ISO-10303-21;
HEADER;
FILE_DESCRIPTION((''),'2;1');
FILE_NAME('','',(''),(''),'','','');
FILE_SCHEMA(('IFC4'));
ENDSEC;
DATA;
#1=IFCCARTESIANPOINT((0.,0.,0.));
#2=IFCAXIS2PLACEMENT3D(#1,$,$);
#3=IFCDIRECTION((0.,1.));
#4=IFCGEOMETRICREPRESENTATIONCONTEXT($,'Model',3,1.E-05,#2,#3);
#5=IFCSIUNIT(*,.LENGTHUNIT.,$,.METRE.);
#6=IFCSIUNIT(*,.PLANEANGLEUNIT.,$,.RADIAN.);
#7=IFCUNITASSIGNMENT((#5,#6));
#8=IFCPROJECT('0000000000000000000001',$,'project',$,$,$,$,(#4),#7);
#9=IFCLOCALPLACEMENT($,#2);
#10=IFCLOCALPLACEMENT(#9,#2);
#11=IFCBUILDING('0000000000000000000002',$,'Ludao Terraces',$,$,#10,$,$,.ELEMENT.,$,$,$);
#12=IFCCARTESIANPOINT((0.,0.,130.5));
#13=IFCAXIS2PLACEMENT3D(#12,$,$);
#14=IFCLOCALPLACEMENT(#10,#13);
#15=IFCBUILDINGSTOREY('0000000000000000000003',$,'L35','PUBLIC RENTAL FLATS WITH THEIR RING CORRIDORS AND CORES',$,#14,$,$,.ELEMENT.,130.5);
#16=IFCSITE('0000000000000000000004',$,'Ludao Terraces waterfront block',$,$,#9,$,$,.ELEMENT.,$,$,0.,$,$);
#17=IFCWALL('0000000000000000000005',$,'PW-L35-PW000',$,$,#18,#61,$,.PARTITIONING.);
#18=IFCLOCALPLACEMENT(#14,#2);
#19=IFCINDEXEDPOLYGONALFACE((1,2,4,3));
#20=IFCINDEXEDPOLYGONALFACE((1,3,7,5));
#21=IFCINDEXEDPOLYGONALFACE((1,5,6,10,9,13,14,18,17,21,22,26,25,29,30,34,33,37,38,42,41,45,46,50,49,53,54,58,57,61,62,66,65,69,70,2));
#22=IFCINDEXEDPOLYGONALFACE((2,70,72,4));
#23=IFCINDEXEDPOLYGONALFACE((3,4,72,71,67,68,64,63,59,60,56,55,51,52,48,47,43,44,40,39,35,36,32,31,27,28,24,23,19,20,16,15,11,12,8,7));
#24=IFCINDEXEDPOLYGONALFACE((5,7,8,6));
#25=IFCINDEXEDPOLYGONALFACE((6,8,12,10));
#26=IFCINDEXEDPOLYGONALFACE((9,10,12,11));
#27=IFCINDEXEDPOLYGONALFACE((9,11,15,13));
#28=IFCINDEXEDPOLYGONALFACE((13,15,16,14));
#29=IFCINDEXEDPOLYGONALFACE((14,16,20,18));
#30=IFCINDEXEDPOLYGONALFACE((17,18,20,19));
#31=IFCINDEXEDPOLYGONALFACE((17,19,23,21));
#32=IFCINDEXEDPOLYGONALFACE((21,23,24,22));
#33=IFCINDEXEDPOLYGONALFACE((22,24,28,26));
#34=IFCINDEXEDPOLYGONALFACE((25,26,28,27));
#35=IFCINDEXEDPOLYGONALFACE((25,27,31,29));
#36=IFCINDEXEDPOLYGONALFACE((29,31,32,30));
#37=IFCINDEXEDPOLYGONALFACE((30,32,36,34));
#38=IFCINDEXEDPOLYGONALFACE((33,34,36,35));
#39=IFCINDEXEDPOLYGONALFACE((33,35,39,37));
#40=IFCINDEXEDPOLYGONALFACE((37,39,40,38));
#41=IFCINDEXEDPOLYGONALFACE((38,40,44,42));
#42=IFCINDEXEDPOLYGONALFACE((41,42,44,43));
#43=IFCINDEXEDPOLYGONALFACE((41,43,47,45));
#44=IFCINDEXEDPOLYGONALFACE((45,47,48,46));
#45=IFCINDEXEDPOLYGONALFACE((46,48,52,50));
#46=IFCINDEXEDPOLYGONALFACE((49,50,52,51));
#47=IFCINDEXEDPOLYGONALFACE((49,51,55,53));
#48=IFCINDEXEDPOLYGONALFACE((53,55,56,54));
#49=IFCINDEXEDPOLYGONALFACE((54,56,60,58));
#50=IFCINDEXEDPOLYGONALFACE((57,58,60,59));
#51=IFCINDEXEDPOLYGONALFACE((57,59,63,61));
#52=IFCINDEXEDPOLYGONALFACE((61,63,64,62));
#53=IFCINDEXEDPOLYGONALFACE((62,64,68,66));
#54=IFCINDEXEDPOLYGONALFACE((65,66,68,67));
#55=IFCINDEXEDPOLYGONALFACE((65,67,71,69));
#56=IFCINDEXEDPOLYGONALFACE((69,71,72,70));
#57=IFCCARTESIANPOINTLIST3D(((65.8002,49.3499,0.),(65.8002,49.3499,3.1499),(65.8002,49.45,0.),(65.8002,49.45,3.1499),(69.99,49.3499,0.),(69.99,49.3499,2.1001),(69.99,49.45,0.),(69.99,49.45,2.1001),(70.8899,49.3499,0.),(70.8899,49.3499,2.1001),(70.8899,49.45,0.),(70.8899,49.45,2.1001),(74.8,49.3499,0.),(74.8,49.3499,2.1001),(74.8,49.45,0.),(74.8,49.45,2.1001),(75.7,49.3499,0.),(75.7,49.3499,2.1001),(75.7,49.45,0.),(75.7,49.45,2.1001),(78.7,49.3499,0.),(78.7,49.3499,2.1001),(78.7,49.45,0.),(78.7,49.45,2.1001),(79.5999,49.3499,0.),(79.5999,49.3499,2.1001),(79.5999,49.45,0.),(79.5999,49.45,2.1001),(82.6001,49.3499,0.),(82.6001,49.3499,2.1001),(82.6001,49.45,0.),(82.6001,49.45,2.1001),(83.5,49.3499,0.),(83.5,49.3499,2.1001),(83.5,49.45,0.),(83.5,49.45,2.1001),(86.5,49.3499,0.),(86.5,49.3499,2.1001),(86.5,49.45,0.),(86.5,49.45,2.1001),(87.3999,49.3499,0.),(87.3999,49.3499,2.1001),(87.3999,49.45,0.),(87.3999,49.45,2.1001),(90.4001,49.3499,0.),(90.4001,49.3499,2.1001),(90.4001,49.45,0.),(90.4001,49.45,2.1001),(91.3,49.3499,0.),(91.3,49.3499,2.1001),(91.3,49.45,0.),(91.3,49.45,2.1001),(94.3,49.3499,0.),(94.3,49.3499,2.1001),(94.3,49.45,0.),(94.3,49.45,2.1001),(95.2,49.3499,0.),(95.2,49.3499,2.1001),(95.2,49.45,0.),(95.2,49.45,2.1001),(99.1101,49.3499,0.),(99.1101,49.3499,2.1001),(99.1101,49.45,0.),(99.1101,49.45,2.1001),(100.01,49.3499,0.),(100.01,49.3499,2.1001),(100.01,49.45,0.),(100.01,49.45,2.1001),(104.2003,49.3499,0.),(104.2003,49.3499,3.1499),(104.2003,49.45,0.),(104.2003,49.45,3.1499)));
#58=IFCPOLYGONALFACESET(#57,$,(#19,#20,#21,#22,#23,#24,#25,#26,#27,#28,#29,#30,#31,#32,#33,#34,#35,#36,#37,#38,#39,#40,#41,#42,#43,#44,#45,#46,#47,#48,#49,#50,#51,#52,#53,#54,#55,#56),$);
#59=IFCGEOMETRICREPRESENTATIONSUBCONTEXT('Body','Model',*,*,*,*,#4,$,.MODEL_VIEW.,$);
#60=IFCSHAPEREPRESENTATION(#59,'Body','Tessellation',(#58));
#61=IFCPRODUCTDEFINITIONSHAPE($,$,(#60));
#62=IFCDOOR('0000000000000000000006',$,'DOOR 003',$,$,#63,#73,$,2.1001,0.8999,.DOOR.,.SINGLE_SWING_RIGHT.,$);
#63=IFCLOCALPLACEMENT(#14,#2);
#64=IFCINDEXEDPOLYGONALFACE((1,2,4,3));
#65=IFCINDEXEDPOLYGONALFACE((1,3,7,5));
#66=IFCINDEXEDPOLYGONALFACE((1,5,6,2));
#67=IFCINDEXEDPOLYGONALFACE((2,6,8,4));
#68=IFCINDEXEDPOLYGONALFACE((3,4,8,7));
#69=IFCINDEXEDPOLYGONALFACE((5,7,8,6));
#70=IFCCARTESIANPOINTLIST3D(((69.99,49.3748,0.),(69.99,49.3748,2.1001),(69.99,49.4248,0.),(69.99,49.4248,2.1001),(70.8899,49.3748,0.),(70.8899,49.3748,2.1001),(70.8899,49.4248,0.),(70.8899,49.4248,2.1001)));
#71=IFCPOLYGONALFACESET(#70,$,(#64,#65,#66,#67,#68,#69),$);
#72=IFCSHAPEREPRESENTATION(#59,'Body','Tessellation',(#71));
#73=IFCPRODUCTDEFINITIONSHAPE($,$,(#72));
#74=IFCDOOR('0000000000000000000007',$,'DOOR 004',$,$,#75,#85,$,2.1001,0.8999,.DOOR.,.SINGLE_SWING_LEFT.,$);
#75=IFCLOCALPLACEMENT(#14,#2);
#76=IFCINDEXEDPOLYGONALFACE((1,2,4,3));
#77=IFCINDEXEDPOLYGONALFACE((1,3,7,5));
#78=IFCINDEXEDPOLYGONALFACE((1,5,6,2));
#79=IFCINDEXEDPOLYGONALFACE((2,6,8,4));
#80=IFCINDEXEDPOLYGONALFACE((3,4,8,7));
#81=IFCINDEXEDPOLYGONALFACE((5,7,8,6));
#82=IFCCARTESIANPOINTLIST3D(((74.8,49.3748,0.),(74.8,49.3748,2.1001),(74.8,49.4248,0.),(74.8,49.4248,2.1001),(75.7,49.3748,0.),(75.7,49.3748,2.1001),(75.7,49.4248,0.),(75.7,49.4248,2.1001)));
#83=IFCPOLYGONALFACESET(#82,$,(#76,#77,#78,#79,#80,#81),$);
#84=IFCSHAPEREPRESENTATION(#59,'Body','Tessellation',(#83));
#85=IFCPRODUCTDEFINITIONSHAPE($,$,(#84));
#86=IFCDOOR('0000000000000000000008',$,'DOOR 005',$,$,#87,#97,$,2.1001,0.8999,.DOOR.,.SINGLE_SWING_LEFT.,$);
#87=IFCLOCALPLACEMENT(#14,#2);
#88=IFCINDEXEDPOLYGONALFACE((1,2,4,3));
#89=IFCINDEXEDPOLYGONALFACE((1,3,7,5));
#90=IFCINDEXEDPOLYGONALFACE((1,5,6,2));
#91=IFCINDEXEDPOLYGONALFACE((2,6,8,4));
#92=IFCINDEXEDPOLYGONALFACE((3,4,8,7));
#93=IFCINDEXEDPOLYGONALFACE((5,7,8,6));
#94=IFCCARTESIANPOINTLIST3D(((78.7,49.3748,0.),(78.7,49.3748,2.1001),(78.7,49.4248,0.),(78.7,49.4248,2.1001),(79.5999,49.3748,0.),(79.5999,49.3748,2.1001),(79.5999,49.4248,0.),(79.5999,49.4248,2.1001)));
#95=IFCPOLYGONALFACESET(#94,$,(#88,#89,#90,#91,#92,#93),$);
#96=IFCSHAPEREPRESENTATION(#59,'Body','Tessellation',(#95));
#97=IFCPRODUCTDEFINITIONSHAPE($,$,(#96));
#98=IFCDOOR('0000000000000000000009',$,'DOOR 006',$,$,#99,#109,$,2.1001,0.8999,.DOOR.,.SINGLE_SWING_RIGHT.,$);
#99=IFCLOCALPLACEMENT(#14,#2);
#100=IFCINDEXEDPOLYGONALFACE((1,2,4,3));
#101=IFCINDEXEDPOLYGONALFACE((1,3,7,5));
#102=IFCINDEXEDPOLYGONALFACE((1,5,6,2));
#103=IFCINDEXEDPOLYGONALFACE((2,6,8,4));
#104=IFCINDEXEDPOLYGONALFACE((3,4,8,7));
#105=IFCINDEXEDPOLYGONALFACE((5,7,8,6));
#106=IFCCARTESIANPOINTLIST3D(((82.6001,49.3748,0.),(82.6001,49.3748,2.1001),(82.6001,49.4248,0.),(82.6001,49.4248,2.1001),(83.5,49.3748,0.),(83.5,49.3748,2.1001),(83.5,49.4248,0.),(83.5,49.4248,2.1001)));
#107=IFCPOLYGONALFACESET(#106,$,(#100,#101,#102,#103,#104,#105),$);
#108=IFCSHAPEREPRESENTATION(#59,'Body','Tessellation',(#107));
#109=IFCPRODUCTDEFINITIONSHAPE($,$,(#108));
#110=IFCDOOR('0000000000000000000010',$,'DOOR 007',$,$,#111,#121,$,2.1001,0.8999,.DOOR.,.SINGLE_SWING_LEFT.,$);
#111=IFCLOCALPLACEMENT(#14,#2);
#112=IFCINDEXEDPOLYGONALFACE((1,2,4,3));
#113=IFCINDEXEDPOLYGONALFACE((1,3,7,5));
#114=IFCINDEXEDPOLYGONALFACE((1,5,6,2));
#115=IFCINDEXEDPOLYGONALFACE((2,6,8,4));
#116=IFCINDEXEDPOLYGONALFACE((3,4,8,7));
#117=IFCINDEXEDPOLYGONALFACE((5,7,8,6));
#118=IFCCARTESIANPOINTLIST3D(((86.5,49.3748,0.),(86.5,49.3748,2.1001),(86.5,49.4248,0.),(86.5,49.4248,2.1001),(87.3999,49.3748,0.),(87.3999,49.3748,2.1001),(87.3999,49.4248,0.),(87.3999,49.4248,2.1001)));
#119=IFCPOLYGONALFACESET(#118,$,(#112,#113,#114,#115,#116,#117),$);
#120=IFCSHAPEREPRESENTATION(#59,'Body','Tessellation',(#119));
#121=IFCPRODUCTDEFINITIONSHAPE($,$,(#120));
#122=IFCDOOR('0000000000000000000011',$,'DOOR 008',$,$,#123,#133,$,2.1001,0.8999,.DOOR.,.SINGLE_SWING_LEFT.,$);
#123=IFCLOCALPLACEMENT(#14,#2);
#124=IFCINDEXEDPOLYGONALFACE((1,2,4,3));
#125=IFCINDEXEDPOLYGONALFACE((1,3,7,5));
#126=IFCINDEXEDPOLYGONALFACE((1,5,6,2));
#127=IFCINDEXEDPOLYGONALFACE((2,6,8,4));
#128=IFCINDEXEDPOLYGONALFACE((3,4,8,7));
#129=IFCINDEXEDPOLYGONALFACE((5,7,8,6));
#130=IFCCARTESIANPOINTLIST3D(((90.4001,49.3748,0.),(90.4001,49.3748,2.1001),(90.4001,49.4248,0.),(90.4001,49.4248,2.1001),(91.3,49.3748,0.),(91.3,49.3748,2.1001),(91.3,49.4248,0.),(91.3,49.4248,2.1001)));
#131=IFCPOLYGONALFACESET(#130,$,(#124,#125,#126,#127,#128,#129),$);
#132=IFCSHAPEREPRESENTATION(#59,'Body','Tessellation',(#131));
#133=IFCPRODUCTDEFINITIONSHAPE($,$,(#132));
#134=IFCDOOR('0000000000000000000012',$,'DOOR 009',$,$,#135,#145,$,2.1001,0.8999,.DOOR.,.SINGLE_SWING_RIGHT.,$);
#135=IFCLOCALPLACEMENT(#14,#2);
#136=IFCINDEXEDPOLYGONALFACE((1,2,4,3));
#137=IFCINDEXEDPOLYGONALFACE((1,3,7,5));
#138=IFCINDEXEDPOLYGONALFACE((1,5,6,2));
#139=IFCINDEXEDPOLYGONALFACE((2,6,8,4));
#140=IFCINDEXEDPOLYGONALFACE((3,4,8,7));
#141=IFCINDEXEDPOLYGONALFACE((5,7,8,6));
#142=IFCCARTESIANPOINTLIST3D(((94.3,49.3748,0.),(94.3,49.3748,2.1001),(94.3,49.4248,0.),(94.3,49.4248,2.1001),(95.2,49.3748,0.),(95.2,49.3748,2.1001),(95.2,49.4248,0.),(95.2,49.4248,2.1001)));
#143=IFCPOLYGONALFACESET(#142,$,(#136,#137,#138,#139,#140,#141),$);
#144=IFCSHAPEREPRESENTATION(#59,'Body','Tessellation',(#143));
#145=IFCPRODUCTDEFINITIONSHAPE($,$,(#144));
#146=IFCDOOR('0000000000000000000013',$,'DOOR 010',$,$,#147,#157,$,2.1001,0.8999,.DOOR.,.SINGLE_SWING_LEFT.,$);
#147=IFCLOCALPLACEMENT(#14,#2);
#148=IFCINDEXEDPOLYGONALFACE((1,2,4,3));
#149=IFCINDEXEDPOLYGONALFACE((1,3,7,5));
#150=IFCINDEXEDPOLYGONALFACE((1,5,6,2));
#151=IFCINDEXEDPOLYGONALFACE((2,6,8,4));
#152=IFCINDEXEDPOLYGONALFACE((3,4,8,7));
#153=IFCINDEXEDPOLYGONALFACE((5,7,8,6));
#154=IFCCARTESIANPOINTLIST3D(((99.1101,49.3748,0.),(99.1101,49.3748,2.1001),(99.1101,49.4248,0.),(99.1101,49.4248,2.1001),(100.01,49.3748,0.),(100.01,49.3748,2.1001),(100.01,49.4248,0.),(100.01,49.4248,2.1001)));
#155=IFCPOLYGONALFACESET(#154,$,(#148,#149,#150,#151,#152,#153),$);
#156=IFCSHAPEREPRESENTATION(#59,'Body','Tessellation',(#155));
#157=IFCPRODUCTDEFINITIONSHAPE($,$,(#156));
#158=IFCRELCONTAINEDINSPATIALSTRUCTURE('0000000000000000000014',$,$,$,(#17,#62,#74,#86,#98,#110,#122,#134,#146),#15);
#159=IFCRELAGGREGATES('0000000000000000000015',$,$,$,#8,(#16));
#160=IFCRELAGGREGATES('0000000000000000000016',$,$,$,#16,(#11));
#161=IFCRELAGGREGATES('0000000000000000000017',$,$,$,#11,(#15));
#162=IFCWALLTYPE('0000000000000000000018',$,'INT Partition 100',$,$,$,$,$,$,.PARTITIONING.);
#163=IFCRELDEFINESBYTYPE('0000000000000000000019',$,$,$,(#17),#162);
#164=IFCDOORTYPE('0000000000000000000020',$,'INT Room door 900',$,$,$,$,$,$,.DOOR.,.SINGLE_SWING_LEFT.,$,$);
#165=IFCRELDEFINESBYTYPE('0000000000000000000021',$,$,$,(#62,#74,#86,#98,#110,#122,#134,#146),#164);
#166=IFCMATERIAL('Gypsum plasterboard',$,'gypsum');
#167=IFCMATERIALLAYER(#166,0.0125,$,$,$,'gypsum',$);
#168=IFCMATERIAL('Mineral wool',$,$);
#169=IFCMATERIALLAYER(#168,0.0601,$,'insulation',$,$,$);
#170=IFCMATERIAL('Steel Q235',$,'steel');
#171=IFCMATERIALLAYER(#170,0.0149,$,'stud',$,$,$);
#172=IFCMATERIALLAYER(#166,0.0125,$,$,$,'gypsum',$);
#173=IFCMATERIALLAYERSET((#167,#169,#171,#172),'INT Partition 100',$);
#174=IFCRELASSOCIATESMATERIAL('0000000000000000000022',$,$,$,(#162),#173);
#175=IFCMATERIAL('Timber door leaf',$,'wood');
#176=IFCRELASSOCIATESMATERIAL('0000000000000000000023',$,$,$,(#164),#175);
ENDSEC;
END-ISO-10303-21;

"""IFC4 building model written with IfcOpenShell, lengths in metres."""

from ifc_helpers import new_model, si_unit, direction, frame, frame_2d, origin, place, context, subcontext, project, spatial, rectangle, extrude, material, layer, layer_set, type_object, element, fill, save


model = new_model("IFC4")

# Units and contexts
model_context = context("Model", 3, precision=1e-05, world=origin(), true_north=direction((0.0, 1.0)))
body_context = subcontext(model_context, "Body", "Model", "MODEL_VIEW")
ifc_project = project(units=[si_unit("LENGTHUNIT", "METRE"), si_unit("PLANEANGLEUNIT", "RADIAN")], contexts=[model_context])

# Site, building, storey
site_placement = place(None, origin())
site = spatial("IfcSite", under=ifc_project, at=site_placement, Name="Ludao Terraces waterfront block", CompositionType="ELEMENT", RefElevation=0.0)
building_placement = place(site_placement, origin())
building = spatial("IfcBuilding", under=site, at=building_placement, Name="Ludao Terraces", CompositionType="ELEMENT")
storey_placement = place(building_placement, frame((0.0, 0.0, 130.5)))
storey = spatial("IfcBuildingStorey", under=building, at=storey_placement, Name="L35", Description="PUBLIC RENTAL FLATS WITH THEIR RING CORRIDORS AND CORES", CompositionType="ELEMENT", Elevation=130.5)

# Shared definitions
ifc_material_1 = material(Name="Mineral wool")

# Wall, openings, doors
ifc_material_2 = material(Name="Gypsum plasterboard", Category="gypsum")
ifc_layer_1 = layer(ifc_material_2, 0.0125, Category="gypsum")
ifc_layer_2 = layer(ifc_material_1, 0.0601, Name="insulation")
ifc_material_3 = material(Name="Steel Q235", Category="steel")
ifc_layer_3 = layer(ifc_material_3, 0.0149, Name="stud")
ifc_layer_4 = layer(ifc_material_2, 0.0125, Category="gypsum")
ifc_layer_set_1 = layer_set([ifc_layer_1, ifc_layer_2, ifc_layer_3, ifc_layer_4], Name="INT Partition 100")
wall_type_1 = type_object("IfcWallType", Name="INT Partition 100", PredefinedType="PARTITIONING", material=ifc_layer_set_1)
wall_1_placement = place(storey_placement, frame((65.8, 49.3999, 0.0), z_axis=(0.0, 0.0, 1.0), x_axis=(1.0, 0.0, 0.0)))
wall_1 = element("IfcWall", 1, at=wall_1_placement, inside=storey, type_object=wall_type_1, Name="PW-L35-PW000", PredefinedType="PARTITIONING", context=body_context, shape_type="SweptSolid", body=[
    extrude(rectangle(XDim=38.4001, YDim=0.1001, at=frame_2d((19.2002, 0.0))), origin(), (0.0, 0.0, 1.0), 3.1499),
])
opening_1_placement = place(wall_1_placement, frame((4.1899, 0.0, 0.0)))
opening_1 = element("IfcOpeningElement", 2, at=opening_1_placement, cuts=wall_1, PredefinedType="OPENING", context=body_context, shape_type="SweptSolid", body=[
    extrude(rectangle(XDim=0.8999, YDim=2.1001, at=frame_2d((0.45, 1.05))), frame((0.0, 0.0601, 0.0), z_axis=(0.0, -1.0, 0.0), x_axis=(1.0, 0.0, 0.0)), (0.0, 0.0, 1.0), 0.1201),
])
opening_2_placement = place(wall_1_placement, frame((9.0, 0.0, 0.0)))
opening_2 = element("IfcOpeningElement", 3, at=opening_2_placement, cuts=wall_1, PredefinedType="OPENING", context=body_context, shape_type="SweptSolid", body=[
    extrude(rectangle(XDim=0.8999, YDim=2.1001, at=frame_2d((0.45, 1.05))), frame((0.0, 0.0601, 0.0), z_axis=(0.0, -1.0, 0.0), x_axis=(1.0, 0.0, 0.0)), (0.0, 0.0, 1.0), 0.1201),
])
opening_3_placement = place(wall_1_placement, frame((12.8999, 0.0, 0.0)))
opening_3 = element("IfcOpeningElement", 4, at=opening_3_placement, cuts=wall_1, PredefinedType="OPENING", context=body_context, shape_type="SweptSolid", body=[
    extrude(rectangle(XDim=0.8999, YDim=2.1001, at=frame_2d((0.45, 1.05))), frame((0.0, 0.0601, 0.0), z_axis=(0.0, -1.0, 0.0), x_axis=(1.0, 0.0, 0.0)), (0.0, 0.0, 1.0), 0.1201),
])
opening_4_placement = place(wall_1_placement, frame((16.8, 0.0, 0.0)))
opening_4 = element("IfcOpeningElement", 5, at=opening_4_placement, cuts=wall_1, PredefinedType="OPENING", context=body_context, shape_type="SweptSolid", body=[
    extrude(rectangle(XDim=0.8999, YDim=2.1001, at=frame_2d((0.45, 1.05))), frame((0.0, 0.0601, 0.0), z_axis=(0.0, -1.0, 0.0), x_axis=(1.0, 0.0, 0.0)), (0.0, 0.0, 1.0), 0.1201),
])
opening_5_placement = place(wall_1_placement, frame((20.7, 0.0, 0.0)))
opening_5 = element("IfcOpeningElement", 6, at=opening_5_placement, cuts=wall_1, PredefinedType="OPENING", context=body_context, shape_type="SweptSolid", body=[
    extrude(rectangle(XDim=0.8999, YDim=2.1001, at=frame_2d((0.45, 1.05))), frame((0.0, 0.0601, 0.0), z_axis=(0.0, -1.0, 0.0), x_axis=(1.0, 0.0, 0.0)), (0.0, 0.0, 1.0), 0.1201),
])
opening_6_placement = place(wall_1_placement, frame((24.6001, 0.0, 0.0)))
opening_6 = element("IfcOpeningElement", 7, at=opening_6_placement, cuts=wall_1, PredefinedType="OPENING", context=body_context, shape_type="SweptSolid", body=[
    extrude(rectangle(XDim=0.8999, YDim=2.1001, at=frame_2d((0.45, 1.05))), frame((0.0, 0.0601, 0.0), z_axis=(0.0, -1.0, 0.0), x_axis=(1.0, 0.0, 0.0)), (0.0, 0.0, 1.0), 0.1201),
])
opening_7_placement = place(wall_1_placement, frame((28.5, 0.0, 0.0)))
opening_7 = element("IfcOpeningElement", 8, at=opening_7_placement, cuts=wall_1, PredefinedType="OPENING", context=body_context, shape_type="SweptSolid", body=[
    extrude(rectangle(XDim=0.8999, YDim=2.1001, at=frame_2d((0.45, 1.05))), frame((0.0, 0.0601, 0.0), z_axis=(0.0, -1.0, 0.0), x_axis=(1.0, 0.0, 0.0)), (0.0, 0.0, 1.0), 0.1201),
])
opening_8_placement = place(wall_1_placement, frame((33.3101, 0.0, 0.0)))
opening_8 = element("IfcOpeningElement", 9, at=opening_8_placement, cuts=wall_1, PredefinedType="OPENING", context=body_context, shape_type="SweptSolid", body=[
    extrude(rectangle(XDim=0.8999, YDim=2.1001, at=frame_2d((0.45, 1.05))), frame((0.0, 0.0601, 0.0), z_axis=(0.0, -1.0, 0.0), x_axis=(1.0, 0.0, 0.0)), (0.0, 0.0, 1.0), 0.1201),
])
ifc_material_4 = material(Name="Timber door leaf", Category="wood")
door_type = type_object("IfcDoorType", Name="INT Room door 900", OperationType="SINGLE_SWING_LEFT", PredefinedType="DOOR", material=ifc_material_4)
door_1_placement = place(opening_1_placement, origin())
door_1 = element("IfcDoor", 10, at=door_1_placement, inside=storey, type_object=door_type, Name="DOOR 003", OperationType="SINGLE_SWING_RIGHT", OverallHeight=2.1001, OverallWidth=0.8999, PredefinedType="DOOR", context=body_context, shape_type="SweptSolid", body=[
    extrude(rectangle(XDim=0.8999, YDim=2.1001, at=frame_2d((0.45, 1.05))), frame((0.0, 0.0249, 0.0), z_axis=(0.0, -1.0, 0.0), x_axis=(1.0, 0.0, 0.0)), (0.0, 0.0, 1.0), 0.05),
])
fill(opening_1, door_1)
door_2_placement = place(opening_2_placement, origin())
door_2 = element("IfcDoor", 11, at=door_2_placement, inside=storey, type_object=door_type, Name="DOOR 004", OperationType="SINGLE_SWING_LEFT", OverallHeight=2.1001, OverallWidth=0.8999, PredefinedType="DOOR", context=body_context, shape_type="SweptSolid", body=[
    extrude(rectangle(XDim=0.8999, YDim=2.1001, at=frame_2d((0.45, 1.05))), frame((0.0, 0.0249, 0.0), z_axis=(0.0, -1.0, 0.0), x_axis=(1.0, 0.0, 0.0)), (0.0, 0.0, 1.0), 0.05),
])
fill(opening_2, door_2)
door_3_placement = place(opening_3_placement, origin())
door_3 = element("IfcDoor", 12, at=door_3_placement, inside=storey, type_object=door_type, Name="DOOR 005", OperationType="SINGLE_SWING_LEFT", OverallHeight=2.1001, OverallWidth=0.8999, PredefinedType="DOOR", context=body_context, shape_type="SweptSolid", body=[
    extrude(rectangle(XDim=0.8999, YDim=2.1001, at=frame_2d((0.45, 1.05))), frame((0.0, 0.0249, 0.0), z_axis=(0.0, -1.0, 0.0), x_axis=(1.0, 0.0, 0.0)), (0.0, 0.0, 1.0), 0.05),
])
fill(opening_3, door_3)
door_4_placement = place(opening_4_placement, origin())
door_4 = element("IfcDoor", 13, at=door_4_placement, inside=storey, type_object=door_type, Name="DOOR 006", OperationType="SINGLE_SWING_RIGHT", OverallHeight=2.1001, OverallWidth=0.8999, PredefinedType="DOOR", context=body_context, shape_type="SweptSolid", body=[
    extrude(rectangle(XDim=0.8999, YDim=2.1001, at=frame_2d((0.45, 1.05))), frame((0.0, 0.0249, 0.0), z_axis=(0.0, -1.0, 0.0), x_axis=(1.0, 0.0, 0.0)), (0.0, 0.0, 1.0), 0.05),
])
fill(opening_4, door_4)
door_5_placement = place(opening_5_placement, origin())
door_5 = element("IfcDoor", 14, at=door_5_placement, inside=storey, type_object=door_type, Name="DOOR 007", OperationType="SINGLE_SWING_LEFT", OverallHeight=2.1001, OverallWidth=0.8999, PredefinedType="DOOR", context=body_context, shape_type="SweptSolid", body=[
    extrude(rectangle(XDim=0.8999, YDim=2.1001, at=frame_2d((0.45, 1.05))), frame((0.0, 0.0249, 0.0), z_axis=(0.0, -1.0, 0.0), x_axis=(1.0, 0.0, 0.0)), (0.0, 0.0, 1.0), 0.05),
])
fill(opening_5, door_5)
door_6_placement = place(opening_6_placement, origin())
door_6 = element("IfcDoor", 15, at=door_6_placement, inside=storey, type_object=door_type, Name="DOOR 008", OperationType="SINGLE_SWING_LEFT", OverallHeight=2.1001, OverallWidth=0.8999, PredefinedType="DOOR", context=body_context, shape_type="SweptSolid", body=[
    extrude(rectangle(XDim=0.8999, YDim=2.1001, at=frame_2d((0.45, 1.05))), frame((0.0, 0.0249, 0.0), z_axis=(0.0, -1.0, 0.0), x_axis=(1.0, 0.0, 0.0)), (0.0, 0.0, 1.0), 0.05),
])
fill(opening_6, door_6)
door_7_placement = place(opening_7_placement, origin())
door_7 = element("IfcDoor", 16, at=door_7_placement, inside=storey, type_object=door_type, Name="DOOR 009", OperationType="SINGLE_SWING_RIGHT", OverallHeight=2.1001, OverallWidth=0.8999, PredefinedType="DOOR", context=body_context, shape_type="SweptSolid", body=[
    extrude(rectangle(XDim=0.8999, YDim=2.1001, at=frame_2d((0.45, 1.05))), frame((0.0, 0.0249, 0.0), z_axis=(0.0, -1.0, 0.0), x_axis=(1.0, 0.0, 0.0)), (0.0, 0.0, 1.0), 0.05),
])
fill(opening_7, door_7)
door_8_placement = place(opening_8_placement, origin())
door_8 = element("IfcDoor", 17, at=door_8_placement, inside=storey, type_object=door_type, Name="DOOR 010", OperationType="SINGLE_SWING_LEFT", OverallHeight=2.1001, OverallWidth=0.8999, PredefinedType="DOOR", context=body_context, shape_type="SweptSolid", body=[
    extrude(rectangle(XDim=0.8999, YDim=2.1001, at=frame_2d((0.45, 1.05))), frame((0.0, 0.0249, 0.0), z_axis=(0.0, -1.0, 0.0), x_axis=(1.0, 0.0, 0.0)), (0.0, 0.0, 1.0), 0.05),
])
fill(opening_8, door_8)

save(model, "model.ifc")
